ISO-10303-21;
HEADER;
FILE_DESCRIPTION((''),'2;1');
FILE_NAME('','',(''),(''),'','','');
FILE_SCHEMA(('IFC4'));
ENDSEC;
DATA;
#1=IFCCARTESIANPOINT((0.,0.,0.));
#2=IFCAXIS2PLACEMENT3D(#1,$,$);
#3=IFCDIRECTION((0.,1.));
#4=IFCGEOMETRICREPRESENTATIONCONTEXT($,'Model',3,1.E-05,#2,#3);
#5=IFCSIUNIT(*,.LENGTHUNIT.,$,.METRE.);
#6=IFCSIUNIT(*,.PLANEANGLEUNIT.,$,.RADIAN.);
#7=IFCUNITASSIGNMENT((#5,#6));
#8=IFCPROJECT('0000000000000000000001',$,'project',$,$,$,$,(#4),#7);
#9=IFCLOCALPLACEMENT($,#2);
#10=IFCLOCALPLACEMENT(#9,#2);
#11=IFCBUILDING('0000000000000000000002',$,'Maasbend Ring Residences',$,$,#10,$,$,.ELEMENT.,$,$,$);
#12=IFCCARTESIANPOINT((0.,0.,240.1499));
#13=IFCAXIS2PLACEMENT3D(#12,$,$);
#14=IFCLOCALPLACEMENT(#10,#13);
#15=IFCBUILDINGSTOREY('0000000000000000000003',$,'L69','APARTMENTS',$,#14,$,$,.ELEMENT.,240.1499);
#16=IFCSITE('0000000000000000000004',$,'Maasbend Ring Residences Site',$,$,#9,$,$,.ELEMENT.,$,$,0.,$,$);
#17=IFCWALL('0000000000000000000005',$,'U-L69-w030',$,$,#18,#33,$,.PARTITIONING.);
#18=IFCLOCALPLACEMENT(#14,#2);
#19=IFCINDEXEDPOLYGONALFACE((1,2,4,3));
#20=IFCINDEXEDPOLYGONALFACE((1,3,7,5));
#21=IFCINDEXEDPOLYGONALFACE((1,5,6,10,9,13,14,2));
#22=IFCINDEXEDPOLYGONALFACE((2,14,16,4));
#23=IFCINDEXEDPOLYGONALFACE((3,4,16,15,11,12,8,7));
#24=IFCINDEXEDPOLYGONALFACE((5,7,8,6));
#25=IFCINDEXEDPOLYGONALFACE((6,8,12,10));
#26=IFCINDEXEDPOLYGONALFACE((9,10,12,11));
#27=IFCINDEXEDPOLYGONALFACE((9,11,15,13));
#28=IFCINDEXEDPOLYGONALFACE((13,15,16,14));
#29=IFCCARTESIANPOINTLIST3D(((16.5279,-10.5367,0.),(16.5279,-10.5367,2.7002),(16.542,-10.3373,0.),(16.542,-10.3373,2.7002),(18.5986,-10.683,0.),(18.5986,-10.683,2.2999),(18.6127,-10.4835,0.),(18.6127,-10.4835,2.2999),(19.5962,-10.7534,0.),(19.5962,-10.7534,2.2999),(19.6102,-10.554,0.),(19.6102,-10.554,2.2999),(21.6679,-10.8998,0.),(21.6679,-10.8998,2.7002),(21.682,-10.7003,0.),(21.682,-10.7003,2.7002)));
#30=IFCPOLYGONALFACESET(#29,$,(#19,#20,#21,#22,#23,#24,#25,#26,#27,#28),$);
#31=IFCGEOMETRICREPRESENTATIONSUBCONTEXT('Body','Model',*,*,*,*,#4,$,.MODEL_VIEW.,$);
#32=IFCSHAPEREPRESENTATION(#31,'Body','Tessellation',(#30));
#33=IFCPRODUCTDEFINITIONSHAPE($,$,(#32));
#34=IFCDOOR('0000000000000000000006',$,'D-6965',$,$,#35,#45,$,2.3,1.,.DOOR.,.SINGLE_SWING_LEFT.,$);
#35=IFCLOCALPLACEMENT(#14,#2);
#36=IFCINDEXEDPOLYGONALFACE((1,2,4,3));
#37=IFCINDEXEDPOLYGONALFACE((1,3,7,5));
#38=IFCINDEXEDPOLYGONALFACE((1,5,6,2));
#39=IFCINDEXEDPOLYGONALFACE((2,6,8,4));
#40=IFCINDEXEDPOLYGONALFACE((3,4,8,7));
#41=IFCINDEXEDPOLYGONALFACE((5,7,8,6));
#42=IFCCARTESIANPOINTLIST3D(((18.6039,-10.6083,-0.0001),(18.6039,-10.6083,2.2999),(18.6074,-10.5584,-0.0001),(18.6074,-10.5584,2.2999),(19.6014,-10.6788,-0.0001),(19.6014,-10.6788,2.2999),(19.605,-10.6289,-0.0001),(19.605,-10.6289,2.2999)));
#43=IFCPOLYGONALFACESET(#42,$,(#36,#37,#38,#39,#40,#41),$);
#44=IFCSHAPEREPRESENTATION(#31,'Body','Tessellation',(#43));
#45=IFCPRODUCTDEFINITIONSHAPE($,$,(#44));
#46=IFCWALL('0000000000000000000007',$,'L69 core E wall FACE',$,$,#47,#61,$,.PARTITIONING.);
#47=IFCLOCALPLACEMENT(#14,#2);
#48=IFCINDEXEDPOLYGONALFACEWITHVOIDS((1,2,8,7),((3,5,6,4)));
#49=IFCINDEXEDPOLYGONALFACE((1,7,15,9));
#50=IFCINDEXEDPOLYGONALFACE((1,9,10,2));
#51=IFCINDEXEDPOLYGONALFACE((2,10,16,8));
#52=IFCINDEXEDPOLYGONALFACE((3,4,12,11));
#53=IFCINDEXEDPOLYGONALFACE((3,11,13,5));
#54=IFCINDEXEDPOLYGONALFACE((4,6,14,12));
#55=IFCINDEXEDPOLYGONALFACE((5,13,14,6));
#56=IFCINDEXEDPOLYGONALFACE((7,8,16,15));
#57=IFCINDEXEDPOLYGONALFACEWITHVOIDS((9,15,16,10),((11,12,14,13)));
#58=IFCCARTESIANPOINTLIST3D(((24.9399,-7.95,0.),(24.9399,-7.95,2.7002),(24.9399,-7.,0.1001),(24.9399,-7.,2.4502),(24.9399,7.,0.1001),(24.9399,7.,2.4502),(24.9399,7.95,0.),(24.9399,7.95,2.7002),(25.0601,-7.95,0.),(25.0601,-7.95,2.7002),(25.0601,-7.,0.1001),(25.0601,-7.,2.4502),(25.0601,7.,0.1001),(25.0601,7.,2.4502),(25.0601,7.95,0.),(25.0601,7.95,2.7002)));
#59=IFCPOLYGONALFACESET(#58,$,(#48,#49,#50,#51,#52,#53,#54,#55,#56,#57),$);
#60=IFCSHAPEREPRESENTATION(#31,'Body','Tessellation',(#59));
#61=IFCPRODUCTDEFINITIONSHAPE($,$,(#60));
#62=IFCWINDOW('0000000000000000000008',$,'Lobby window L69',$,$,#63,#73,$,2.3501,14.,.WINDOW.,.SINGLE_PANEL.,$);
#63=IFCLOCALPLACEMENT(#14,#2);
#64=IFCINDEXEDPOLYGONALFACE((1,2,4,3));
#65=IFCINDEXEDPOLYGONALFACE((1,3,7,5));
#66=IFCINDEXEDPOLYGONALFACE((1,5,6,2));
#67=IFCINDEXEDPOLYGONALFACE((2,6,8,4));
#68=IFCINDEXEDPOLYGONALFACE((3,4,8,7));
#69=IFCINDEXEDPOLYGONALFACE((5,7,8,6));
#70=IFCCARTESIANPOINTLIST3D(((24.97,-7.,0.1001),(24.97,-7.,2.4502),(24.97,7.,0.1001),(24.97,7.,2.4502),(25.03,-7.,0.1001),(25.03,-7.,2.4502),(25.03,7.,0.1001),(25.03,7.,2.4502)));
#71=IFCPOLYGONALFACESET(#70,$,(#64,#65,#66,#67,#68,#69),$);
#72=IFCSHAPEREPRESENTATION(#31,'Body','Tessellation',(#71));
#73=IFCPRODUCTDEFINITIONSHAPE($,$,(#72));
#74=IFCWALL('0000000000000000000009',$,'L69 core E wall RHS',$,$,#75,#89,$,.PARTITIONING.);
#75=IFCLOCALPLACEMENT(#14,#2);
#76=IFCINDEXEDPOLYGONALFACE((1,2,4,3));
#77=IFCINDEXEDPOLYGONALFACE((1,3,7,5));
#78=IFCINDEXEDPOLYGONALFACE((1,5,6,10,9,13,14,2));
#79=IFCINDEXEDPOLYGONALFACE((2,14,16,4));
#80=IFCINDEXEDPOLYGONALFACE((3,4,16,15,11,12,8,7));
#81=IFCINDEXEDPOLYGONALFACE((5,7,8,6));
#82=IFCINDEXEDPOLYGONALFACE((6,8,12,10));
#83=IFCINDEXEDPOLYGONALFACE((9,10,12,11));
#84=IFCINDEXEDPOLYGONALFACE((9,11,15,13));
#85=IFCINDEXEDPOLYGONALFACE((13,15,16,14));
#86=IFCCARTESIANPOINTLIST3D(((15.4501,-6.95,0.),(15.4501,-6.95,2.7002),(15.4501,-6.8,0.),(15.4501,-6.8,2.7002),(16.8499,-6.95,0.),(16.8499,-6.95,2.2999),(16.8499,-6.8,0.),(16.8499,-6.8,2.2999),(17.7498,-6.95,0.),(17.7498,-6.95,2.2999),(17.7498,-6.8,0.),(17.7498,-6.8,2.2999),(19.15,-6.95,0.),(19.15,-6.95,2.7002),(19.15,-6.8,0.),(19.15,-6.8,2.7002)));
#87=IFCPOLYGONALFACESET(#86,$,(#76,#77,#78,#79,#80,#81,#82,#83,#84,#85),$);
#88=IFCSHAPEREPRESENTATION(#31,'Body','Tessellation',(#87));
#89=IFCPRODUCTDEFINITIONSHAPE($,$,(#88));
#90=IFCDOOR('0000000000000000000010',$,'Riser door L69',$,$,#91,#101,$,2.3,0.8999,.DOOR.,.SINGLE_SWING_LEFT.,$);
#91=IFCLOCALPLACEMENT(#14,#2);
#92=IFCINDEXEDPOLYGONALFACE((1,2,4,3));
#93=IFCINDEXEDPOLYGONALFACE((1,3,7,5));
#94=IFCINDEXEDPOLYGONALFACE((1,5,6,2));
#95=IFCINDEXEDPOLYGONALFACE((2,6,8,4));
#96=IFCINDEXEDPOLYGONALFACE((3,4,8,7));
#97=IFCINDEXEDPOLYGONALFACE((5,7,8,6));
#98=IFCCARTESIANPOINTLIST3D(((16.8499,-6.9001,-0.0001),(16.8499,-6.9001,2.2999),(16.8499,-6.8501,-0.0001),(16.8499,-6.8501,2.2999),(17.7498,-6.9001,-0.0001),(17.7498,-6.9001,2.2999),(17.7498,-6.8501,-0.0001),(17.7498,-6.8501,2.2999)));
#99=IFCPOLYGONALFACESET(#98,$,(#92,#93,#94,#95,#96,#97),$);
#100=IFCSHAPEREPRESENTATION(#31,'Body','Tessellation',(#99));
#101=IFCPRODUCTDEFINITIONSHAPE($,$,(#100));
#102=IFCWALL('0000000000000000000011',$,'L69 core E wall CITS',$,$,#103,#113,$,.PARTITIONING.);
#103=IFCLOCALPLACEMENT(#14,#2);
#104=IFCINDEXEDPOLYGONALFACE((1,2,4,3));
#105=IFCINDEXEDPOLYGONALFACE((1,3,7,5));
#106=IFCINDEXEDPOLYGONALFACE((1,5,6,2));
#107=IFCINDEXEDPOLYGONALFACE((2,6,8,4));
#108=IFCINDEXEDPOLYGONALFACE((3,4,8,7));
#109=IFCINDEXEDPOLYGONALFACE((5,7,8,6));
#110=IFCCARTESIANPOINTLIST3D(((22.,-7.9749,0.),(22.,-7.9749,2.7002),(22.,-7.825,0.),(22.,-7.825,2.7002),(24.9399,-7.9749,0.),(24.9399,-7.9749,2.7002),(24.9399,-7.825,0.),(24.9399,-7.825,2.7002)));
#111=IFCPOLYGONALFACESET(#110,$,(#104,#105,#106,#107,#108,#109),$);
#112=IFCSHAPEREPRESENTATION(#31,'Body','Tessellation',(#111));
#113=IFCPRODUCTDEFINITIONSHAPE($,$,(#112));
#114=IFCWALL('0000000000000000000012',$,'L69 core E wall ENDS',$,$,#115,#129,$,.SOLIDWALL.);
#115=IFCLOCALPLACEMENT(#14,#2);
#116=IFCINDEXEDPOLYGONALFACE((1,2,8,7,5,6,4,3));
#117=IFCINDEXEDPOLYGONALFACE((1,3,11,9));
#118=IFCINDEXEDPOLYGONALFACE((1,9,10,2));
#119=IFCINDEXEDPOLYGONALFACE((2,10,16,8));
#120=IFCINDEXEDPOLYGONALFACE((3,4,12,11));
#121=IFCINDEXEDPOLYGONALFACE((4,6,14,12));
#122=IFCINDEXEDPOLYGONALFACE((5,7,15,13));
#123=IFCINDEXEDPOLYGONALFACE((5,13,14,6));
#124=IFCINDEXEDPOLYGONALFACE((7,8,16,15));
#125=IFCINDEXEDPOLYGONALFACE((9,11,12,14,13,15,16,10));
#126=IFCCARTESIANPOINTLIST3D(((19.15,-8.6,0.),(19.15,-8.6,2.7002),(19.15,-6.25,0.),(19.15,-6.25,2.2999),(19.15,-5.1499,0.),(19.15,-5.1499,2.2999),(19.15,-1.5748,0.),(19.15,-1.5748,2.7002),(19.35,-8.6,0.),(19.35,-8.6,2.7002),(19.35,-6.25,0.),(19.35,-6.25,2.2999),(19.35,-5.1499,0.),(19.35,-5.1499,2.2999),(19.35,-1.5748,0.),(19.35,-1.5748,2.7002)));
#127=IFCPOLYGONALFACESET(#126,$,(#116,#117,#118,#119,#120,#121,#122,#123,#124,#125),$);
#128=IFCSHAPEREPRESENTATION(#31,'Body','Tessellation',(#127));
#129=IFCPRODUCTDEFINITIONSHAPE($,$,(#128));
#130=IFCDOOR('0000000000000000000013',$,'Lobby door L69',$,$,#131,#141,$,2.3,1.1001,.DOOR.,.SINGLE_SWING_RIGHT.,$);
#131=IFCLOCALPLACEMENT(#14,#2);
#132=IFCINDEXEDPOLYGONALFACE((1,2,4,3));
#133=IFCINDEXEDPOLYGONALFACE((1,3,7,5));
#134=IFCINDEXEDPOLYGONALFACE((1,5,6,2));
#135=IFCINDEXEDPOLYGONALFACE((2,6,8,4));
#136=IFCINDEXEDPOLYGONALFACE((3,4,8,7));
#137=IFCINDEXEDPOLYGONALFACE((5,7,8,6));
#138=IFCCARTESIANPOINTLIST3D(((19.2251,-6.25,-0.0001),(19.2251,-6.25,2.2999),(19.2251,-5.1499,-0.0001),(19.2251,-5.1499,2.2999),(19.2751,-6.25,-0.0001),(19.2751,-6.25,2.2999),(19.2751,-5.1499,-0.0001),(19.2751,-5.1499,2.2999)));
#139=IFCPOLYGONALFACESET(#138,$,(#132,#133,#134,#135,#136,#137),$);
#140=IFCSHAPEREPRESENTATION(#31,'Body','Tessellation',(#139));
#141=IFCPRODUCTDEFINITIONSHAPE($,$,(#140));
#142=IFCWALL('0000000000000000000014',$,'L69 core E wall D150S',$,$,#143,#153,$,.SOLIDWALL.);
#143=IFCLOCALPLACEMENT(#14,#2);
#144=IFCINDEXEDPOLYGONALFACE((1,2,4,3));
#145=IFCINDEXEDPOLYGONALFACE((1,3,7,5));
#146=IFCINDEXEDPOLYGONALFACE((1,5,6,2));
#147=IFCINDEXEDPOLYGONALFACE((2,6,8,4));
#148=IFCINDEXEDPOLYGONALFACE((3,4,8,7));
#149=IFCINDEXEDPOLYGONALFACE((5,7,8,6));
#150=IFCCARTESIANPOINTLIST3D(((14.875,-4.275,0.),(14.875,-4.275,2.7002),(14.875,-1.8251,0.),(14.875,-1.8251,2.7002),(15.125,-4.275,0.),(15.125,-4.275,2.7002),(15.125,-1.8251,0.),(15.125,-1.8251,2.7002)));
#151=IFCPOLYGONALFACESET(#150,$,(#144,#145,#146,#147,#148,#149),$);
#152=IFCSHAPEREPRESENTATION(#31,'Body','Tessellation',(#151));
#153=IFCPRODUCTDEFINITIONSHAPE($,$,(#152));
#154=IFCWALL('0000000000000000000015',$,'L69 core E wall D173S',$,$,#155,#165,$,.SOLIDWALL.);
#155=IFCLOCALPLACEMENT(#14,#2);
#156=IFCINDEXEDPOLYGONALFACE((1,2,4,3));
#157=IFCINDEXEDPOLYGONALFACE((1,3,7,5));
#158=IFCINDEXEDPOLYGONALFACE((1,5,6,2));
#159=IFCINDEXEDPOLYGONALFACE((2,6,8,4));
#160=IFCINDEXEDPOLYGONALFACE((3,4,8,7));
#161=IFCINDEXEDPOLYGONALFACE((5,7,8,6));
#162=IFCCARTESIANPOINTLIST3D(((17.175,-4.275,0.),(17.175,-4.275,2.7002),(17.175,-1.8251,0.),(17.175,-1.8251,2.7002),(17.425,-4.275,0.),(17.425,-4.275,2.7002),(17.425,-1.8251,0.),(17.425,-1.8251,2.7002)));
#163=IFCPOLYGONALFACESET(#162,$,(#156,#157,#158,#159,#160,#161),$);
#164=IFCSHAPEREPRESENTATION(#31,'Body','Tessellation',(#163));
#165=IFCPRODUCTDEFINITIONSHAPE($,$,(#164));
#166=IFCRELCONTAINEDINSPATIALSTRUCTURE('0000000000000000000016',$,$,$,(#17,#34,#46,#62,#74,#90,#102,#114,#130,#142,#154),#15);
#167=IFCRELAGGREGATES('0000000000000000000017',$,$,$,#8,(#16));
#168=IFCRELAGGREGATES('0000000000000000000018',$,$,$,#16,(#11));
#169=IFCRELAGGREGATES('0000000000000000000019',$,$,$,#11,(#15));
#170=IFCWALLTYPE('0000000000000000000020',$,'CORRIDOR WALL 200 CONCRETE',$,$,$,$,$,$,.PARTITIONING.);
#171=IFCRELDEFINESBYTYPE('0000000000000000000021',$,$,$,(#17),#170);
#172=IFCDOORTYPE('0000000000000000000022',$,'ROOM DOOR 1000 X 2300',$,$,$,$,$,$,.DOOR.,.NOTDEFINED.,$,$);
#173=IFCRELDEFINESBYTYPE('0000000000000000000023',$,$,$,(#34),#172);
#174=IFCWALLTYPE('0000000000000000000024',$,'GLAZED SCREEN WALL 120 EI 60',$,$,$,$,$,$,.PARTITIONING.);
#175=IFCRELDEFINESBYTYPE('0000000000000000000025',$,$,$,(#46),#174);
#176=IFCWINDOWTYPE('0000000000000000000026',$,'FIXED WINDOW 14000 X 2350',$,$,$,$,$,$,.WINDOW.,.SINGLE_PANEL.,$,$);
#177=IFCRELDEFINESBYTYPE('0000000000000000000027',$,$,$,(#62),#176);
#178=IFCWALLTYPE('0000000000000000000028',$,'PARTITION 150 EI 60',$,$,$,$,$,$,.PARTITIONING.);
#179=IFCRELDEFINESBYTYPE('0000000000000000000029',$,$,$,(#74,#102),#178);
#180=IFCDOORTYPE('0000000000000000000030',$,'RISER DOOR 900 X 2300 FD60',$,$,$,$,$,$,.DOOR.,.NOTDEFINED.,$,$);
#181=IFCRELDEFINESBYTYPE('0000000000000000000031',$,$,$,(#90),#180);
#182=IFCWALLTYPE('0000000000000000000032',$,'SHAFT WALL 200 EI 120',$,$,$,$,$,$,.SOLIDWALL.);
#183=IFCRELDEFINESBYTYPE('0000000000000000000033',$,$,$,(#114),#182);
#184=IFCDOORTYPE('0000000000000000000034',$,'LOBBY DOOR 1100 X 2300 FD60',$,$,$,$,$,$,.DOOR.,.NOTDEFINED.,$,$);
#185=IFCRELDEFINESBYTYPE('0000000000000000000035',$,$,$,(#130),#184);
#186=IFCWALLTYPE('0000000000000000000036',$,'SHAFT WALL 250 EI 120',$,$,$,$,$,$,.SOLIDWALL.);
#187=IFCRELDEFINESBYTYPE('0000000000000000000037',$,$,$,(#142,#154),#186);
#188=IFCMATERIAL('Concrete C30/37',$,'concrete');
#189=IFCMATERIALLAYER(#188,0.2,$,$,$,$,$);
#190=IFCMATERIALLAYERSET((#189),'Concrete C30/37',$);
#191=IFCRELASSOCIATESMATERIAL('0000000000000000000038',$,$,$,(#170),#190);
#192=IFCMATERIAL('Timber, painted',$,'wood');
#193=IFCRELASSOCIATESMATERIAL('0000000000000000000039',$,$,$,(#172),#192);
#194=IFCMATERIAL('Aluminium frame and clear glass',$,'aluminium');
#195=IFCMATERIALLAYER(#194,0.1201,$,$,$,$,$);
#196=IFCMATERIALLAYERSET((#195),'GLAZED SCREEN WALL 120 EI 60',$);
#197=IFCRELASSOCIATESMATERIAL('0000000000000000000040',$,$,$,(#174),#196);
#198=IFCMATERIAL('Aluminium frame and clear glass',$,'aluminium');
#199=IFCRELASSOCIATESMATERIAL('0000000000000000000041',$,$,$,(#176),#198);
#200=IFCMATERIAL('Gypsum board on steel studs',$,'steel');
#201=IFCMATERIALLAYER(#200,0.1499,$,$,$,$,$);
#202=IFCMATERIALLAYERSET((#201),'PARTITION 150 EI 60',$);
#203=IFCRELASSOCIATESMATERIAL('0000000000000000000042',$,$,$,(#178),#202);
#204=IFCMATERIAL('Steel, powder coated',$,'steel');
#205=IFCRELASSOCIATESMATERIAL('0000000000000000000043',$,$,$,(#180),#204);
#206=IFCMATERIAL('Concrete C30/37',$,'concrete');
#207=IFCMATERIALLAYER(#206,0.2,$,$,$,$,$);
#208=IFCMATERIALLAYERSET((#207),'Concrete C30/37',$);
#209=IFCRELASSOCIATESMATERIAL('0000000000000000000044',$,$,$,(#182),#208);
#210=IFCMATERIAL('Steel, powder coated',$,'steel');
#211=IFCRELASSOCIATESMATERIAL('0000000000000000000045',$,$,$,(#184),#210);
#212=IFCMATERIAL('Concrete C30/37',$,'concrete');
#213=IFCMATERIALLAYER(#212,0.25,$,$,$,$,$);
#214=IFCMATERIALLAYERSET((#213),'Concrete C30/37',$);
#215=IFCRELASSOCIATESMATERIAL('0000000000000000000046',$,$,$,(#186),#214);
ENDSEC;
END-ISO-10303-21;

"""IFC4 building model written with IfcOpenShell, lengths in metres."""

from ifc_helpers import new_model, si_unit, direction, frame, frame_2d, origin, place, context, subcontext, project, spatial, rectangle, extrude, material, layer, layer_set, type_object, element, fill, save


model = new_model("IFC4")

# Units and contexts
model_context = context("Model", 3, precision=1e-05, world=origin(), true_north=direction((0.0, 1.0)))
body_context = subcontext(model_context, "Body", "Model", "MODEL_VIEW")
ifc_project = project(units=[si_unit("LENGTHUNIT", "METRE"), si_unit("PLANEANGLEUNIT", "RADIAN")], contexts=[model_context])

# Site, building, storey
site_placement = place(None, origin())
site = spatial("IfcSite", under=ifc_project, at=site_placement, Name="Maasbend Ring Residences Site", CompositionType="ELEMENT", RefElevation=0.0)
building_placement = place(site_placement, origin())
building = spatial("IfcBuilding", under=site, at=building_placement, Name="Maasbend Ring Residences", CompositionType="ELEMENT")
storey_placement = place(building_placement, frame((0.0, 0.0, 240.1499)))
storey = spatial("IfcBuildingStorey", under=building, at=storey_placement, Name="L69", Description="APARTMENTS", CompositionType="ELEMENT", Elevation=240.1499)

# Shared definitions
ifc_material_1 = material(Name="Concrete C30/37", Category="concrete")
ifc_layer_1 = layer(ifc_material_1, 0.2)
ifc_layer_set_1 = layer_set([ifc_layer_1], Name="Concrete C30/37")
wall_type_1 = type_object("IfcWallType", Name="CORRIDOR WALL 200 CONCRETE", PredefinedType="PARTITIONING", material=ifc_layer_set_1)

# Wall, opening, door
wall_1_placement = place(storey_placement, frame((16.5349, -10.437, 0.0), z_axis=(0.0, 0.0, 1.0), x_axis=(0.997515, -0.070452, 0.0)))
wall_1 = element("IfcWall", 1, at=wall_1_placement, inside=storey, type_object=wall_type_1, Name="U-L69-w030", PredefinedType="PARTITIONING", context=body_context, shape_type="SweptSolid", body=[
    extrude(rectangle(XDim=5.1528, YDim=0.2, at=frame_2d((2.5764, 0.0))), origin(), (0.0, 0.0, 1.0), 2.7002),
])
opening_1_placement = place(wall_1_placement, frame((2.0759, 0.0, 0.0)))
opening_1 = element("IfcOpeningElement", 2, at=opening_1_placement, cuts=wall_1, PredefinedType="OPENING", context=body_context, shape_type="SweptSolid", body=[
    extrude(rectangle(XDim=1.0, YDim=2.3, at=frame_2d((0.5, 1.1499))), frame((0.0, 0.1099, 0.0), z_axis=(0.0, -1.0, 0.0), x_axis=(1.0, 0.0, 0.0)), (0.0, 0.0, 1.0), 0.22),
])
ifc_material_2 = material(Name="Timber, painted", Category="wood")
door_type_1 = type_object("IfcDoorType", Name="ROOM DOOR 1000 X 2300", OperationType="NOTDEFINED", PredefinedType="DOOR", material=ifc_material_2)
door_1_placement = place(opening_1_placement, origin())
door_1 = element("IfcDoor", 3, at=door_1_placement, inside=storey, type_object=door_type_1, Name="D-6965", OperationType="SINGLE_SWING_LEFT", OverallHeight=2.3, OverallWidth=1.0, PredefinedType="DOOR", context=body_context, shape_type="SweptSolid", body=[
    extrude(rectangle(XDim=1.0, YDim=2.3, at=frame_2d((0.5, 1.1499))), frame((0.0, 0.0249, 0.0), z_axis=(0.0, -1.0, 0.0), x_axis=(1.0, 0.0, 0.0)), (0.0, 0.0, 1.0), 0.05),
])
fill(opening_1, door_1)

# Wall, opening, window
ifc_material_3 = material(Name="Aluminium frame and clear glass", Category="aluminium")
ifc_layer_2 = layer(ifc_material_3, 0.1201)
ifc_layer_set_2 = layer_set([ifc_layer_2], Name="GLAZED SCREEN WALL 120 EI 60")
wall_type_2 = type_object("IfcWallType", Name="GLAZED SCREEN WALL 120 EI 60", PredefinedType="PARTITIONING", material=ifc_layer_set_2)
wall_2_placement = place(storey_placement, frame((25.0, -7.95, 0.0), z_axis=(0.0, 0.0, 1.0), x_axis=(0.0, 1.0, 0.0)))
wall_2 = element("IfcWall", 4, at=wall_2_placement, inside=storey, type_object=wall_type_2, Name="L69 core E wall FACE", PredefinedType="PARTITIONING", context=body_context, shape_type="SweptSolid", body=[
    extrude(rectangle(XDim=15.8999, YDim=0.1201, at=frame_2d((7.95, 0.0))), origin(), (0.0, 0.0, 1.0), 2.7002),
])
opening_2_placement = place(wall_2_placement, frame((0.95, 0.0, 0.1001)))
opening_2 = element("IfcOpeningElement", 5, at=opening_2_placement, cuts=wall_2, PredefinedType="OPENING", context=body_context, shape_type="SweptSolid", body=[
    extrude(rectangle(XDim=14.0, YDim=2.3501, at=frame_2d((7.0, 1.175))), frame((0.0, 0.0701, 0.0), z_axis=(0.0, -1.0, 0.0), x_axis=(1.0, 0.0, 0.0)), (0.0, 0.0, 1.0), 0.1401),
])
ifc_material_4 = material(Name="Aluminium frame and clear glass", Category="aluminium")
window_type = type_object("IfcWindowType", Name="FIXED WINDOW 14000 X 2350", PartitioningType="SINGLE_PANEL", PredefinedType="WINDOW", material=ifc_material_4)
window_placement = place(opening_2_placement, origin())
window = element("IfcWindow", 6, at=window_placement, inside=storey, type_object=window_type, Name="Lobby window L69", OverallHeight=2.3501, OverallWidth=14.0, PartitioningType="SINGLE_PANEL", PredefinedType="WINDOW", context=body_context, shape_type="SweptSolid", body=[
    extrude(rectangle(XDim=14.0, YDim=2.3501, at=frame_2d((7.0, 1.175))), frame((0.0, 0.03, 0.0), z_axis=(0.0, -1.0, 0.0), x_axis=(1.0, 0.0, 0.0)), (0.0, 0.0, 1.0), 0.0601),
])
fill(opening_2, window)

# Wall, opening, door
ifc_material_5 = material(Name="Gypsum board on steel studs", Category="steel")
ifc_layer_3 = layer(ifc_material_5, 0.1499)
ifc_layer_set_3 = layer_set([ifc_layer_3], Name="PARTITION 150 EI 60")
wall_type_3 = type_object("IfcWallType", Name="PARTITION 150 EI 60", PredefinedType="PARTITIONING", material=ifc_layer_set_3)
wall_3_placement = place(storey_placement, frame((15.45, -6.875, 0.0), z_axis=(0.0, 0.0, 1.0), x_axis=(1.0, 0.0, 0.0)))
wall_3 = element("IfcWall", 7, at=wall_3_placement, inside=storey, type_object=wall_type_3, Name="L69 core E wall RHS", PredefinedType="PARTITIONING", context=body_context, shape_type="SweptSolid", body=[
    extrude(rectangle(XDim=3.7, YDim=0.1499, at=frame_2d((1.8501, 0.0))), origin(), (0.0, 0.0, 1.0), 2.7002),
])
opening_3_placement = place(wall_3_placement, frame((1.3999, 0.0, 0.0)))
opening_3 = element("IfcOpeningElement", 8, at=opening_3_placement, cuts=wall_3, PredefinedType="OPENING", context=body_context, shape_type="SweptSolid", body=[
    extrude(rectangle(XDim=0.8999, YDim=2.3, at=frame_2d((0.45, 1.1499))), frame((0.0, 0.085, 0.0), z_axis=(0.0, -1.0, 0.0), x_axis=(1.0, 0.0, 0.0)), (0.0, 0.0, 1.0), 0.1699),
])
ifc_material_6 = material(Name="Steel, powder coated", Category="steel")
door_type_2 = type_object("IfcDoorType", Name="RISER DOOR 900 X 2300 FD60", OperationType="NOTDEFINED", PredefinedType="DOOR", material=ifc_material_6)
door_2_placement = place(opening_3_placement, origin())
door_2 = element("IfcDoor", 9, at=door_2_placement, inside=storey, type_object=door_type_2, Name="Riser door L69", OperationType="SINGLE_SWING_LEFT", OverallHeight=2.3, OverallWidth=0.8999, PredefinedType="DOOR", context=body_context, shape_type="SweptSolid", body=[
    extrude(rectangle(XDim=0.8999, YDim=2.3, at=frame_2d((0.45, 1.1499))), frame((0.0, 0.0249, 0.0), z_axis=(0.0, -1.0, 0.0), x_axis=(1.0, 0.0, 0.0)), (0.0, 0.0, 1.0), 0.05),
])
fill(opening_3, door_2)

# Wall
wall_4_placement = place(storey_placement, frame((22.0, -7.8999, 0.0), z_axis=(0.0, 0.0, 1.0), x_axis=(1.0, 0.0, 0.0)))
element("IfcWall", 10, at=wall_4_placement, inside=storey, type_object=wall_type_3, Name="L69 core E wall CITS", PredefinedType="PARTITIONING", context=body_context, shape_type="SweptSolid", body=[
    extrude(rectangle(XDim=2.9399, YDim=0.1499, at=frame_2d((1.47, 0.0))), origin(), (0.0, 0.0, 1.0), 2.7002),
])

# Wall, opening, door
ifc_material_7 = material(Name="Concrete C30/37", Category="concrete")
ifc_layer_4 = layer(ifc_material_7, 0.2)
ifc_layer_set_4 = layer_set([ifc_layer_4], Name="Concrete C30/37")
wall_type_4 = type_object("IfcWallType", Name="SHAFT WALL 200 EI 120", PredefinedType="SOLIDWALL", material=ifc_layer_set_4)
wall_5_placement = place(storey_placement, frame((19.25, -8.6001, 0.0), z_axis=(0.0, 0.0, 1.0), x_axis=(0.0, 1.0, 0.0)))
wall_5 = element("IfcWall", 11, at=wall_5_placement, inside=storey, type_object=wall_type_4, Name="L69 core E wall ENDS", PredefinedType="SOLIDWALL", context=body_context, shape_type="SweptSolid", body=[
    extrude(rectangle(XDim=7.0251, YDim=0.2, at=frame_2d((3.5127, 0.0))), origin(), (0.0, 0.0, 1.0), 2.7002),
])
opening_4_placement = place(wall_5_placement, frame((2.3501, 0.0, 0.0)))
opening_4 = element("IfcOpeningElement", 12, at=opening_4_placement, cuts=wall_5, PredefinedType="OPENING", context=body_context, shape_type="SweptSolid", body=[
    extrude(rectangle(XDim=1.1001, YDim=2.3, at=frame_2d((0.55, 1.1499))), frame((0.0, 0.1099, 0.0), z_axis=(0.0, -1.0, 0.0), x_axis=(1.0, 0.0, 0.0)), (0.0, 0.0, 1.0), 0.22),
])
ifc_material_8 = material(Name="Steel, powder coated", Category="steel")
door_type_3 = type_object("IfcDoorType", Name="LOBBY DOOR 1100 X 2300 FD60", OperationType="NOTDEFINED", PredefinedType="DOOR", material=ifc_material_8)
door_3_placement = place(opening_4_placement, origin())
door_3 = element("IfcDoor", 13, at=door_3_placement, inside=storey, type_object=door_type_3, Name="Lobby door L69", OperationType="SINGLE_SWING_RIGHT", OverallHeight=2.3, OverallWidth=1.1001, PredefinedType="DOOR", context=body_context, shape_type="SweptSolid", body=[
    extrude(rectangle(XDim=1.1001, YDim=2.3, at=frame_2d((0.55, 1.1499))), frame((0.0, 0.0249, 0.0), z_axis=(0.0, -1.0, 0.0), x_axis=(1.0, 0.0, 0.0)), (0.0, 0.0, 1.0), 0.05),
])
fill(opening_4, door_3)

# Walls
ifc_material_9 = material(Name="Concrete C30/37", Category="concrete")
ifc_layer_5 = layer(ifc_material_9, 0.25)
ifc_layer_set_5 = layer_set([ifc_layer_5], Name="Concrete C30/37")
wall_type_5 = type_object("IfcWallType", Name="SHAFT WALL 250 EI 120", PredefinedType="SOLIDWALL", material=ifc_layer_set_5)
for number, where, z_axis, x_axis, name in (
    (14, (15.0, -1.825, 0.0), (0.0, 0.0, 1.0), (0.0, -1.0, 0.0), "L69 core E wall D150S"),
    (15, (17.3, -1.825, 0.0), (0.0, 0.0, 1.0), (0.0, -1.0, 0.0), "L69 core E wall D173S"),
):
    element("IfcWall", number, at=place(storey_placement, frame(where, z_axis=z_axis, x_axis=x_axis)), inside=storey, type_object=wall_type_5, Name=name, PredefinedType="SOLIDWALL", context=body_context, shape_type="SweptSolid", body=[
        extrude(rectangle(XDim=2.45, YDim=0.25, at=frame_2d((1.2251, 0.0))), origin(), (0.0, 0.0, 1.0), 2.7002),
    ])

save(model, "model.ifc")
